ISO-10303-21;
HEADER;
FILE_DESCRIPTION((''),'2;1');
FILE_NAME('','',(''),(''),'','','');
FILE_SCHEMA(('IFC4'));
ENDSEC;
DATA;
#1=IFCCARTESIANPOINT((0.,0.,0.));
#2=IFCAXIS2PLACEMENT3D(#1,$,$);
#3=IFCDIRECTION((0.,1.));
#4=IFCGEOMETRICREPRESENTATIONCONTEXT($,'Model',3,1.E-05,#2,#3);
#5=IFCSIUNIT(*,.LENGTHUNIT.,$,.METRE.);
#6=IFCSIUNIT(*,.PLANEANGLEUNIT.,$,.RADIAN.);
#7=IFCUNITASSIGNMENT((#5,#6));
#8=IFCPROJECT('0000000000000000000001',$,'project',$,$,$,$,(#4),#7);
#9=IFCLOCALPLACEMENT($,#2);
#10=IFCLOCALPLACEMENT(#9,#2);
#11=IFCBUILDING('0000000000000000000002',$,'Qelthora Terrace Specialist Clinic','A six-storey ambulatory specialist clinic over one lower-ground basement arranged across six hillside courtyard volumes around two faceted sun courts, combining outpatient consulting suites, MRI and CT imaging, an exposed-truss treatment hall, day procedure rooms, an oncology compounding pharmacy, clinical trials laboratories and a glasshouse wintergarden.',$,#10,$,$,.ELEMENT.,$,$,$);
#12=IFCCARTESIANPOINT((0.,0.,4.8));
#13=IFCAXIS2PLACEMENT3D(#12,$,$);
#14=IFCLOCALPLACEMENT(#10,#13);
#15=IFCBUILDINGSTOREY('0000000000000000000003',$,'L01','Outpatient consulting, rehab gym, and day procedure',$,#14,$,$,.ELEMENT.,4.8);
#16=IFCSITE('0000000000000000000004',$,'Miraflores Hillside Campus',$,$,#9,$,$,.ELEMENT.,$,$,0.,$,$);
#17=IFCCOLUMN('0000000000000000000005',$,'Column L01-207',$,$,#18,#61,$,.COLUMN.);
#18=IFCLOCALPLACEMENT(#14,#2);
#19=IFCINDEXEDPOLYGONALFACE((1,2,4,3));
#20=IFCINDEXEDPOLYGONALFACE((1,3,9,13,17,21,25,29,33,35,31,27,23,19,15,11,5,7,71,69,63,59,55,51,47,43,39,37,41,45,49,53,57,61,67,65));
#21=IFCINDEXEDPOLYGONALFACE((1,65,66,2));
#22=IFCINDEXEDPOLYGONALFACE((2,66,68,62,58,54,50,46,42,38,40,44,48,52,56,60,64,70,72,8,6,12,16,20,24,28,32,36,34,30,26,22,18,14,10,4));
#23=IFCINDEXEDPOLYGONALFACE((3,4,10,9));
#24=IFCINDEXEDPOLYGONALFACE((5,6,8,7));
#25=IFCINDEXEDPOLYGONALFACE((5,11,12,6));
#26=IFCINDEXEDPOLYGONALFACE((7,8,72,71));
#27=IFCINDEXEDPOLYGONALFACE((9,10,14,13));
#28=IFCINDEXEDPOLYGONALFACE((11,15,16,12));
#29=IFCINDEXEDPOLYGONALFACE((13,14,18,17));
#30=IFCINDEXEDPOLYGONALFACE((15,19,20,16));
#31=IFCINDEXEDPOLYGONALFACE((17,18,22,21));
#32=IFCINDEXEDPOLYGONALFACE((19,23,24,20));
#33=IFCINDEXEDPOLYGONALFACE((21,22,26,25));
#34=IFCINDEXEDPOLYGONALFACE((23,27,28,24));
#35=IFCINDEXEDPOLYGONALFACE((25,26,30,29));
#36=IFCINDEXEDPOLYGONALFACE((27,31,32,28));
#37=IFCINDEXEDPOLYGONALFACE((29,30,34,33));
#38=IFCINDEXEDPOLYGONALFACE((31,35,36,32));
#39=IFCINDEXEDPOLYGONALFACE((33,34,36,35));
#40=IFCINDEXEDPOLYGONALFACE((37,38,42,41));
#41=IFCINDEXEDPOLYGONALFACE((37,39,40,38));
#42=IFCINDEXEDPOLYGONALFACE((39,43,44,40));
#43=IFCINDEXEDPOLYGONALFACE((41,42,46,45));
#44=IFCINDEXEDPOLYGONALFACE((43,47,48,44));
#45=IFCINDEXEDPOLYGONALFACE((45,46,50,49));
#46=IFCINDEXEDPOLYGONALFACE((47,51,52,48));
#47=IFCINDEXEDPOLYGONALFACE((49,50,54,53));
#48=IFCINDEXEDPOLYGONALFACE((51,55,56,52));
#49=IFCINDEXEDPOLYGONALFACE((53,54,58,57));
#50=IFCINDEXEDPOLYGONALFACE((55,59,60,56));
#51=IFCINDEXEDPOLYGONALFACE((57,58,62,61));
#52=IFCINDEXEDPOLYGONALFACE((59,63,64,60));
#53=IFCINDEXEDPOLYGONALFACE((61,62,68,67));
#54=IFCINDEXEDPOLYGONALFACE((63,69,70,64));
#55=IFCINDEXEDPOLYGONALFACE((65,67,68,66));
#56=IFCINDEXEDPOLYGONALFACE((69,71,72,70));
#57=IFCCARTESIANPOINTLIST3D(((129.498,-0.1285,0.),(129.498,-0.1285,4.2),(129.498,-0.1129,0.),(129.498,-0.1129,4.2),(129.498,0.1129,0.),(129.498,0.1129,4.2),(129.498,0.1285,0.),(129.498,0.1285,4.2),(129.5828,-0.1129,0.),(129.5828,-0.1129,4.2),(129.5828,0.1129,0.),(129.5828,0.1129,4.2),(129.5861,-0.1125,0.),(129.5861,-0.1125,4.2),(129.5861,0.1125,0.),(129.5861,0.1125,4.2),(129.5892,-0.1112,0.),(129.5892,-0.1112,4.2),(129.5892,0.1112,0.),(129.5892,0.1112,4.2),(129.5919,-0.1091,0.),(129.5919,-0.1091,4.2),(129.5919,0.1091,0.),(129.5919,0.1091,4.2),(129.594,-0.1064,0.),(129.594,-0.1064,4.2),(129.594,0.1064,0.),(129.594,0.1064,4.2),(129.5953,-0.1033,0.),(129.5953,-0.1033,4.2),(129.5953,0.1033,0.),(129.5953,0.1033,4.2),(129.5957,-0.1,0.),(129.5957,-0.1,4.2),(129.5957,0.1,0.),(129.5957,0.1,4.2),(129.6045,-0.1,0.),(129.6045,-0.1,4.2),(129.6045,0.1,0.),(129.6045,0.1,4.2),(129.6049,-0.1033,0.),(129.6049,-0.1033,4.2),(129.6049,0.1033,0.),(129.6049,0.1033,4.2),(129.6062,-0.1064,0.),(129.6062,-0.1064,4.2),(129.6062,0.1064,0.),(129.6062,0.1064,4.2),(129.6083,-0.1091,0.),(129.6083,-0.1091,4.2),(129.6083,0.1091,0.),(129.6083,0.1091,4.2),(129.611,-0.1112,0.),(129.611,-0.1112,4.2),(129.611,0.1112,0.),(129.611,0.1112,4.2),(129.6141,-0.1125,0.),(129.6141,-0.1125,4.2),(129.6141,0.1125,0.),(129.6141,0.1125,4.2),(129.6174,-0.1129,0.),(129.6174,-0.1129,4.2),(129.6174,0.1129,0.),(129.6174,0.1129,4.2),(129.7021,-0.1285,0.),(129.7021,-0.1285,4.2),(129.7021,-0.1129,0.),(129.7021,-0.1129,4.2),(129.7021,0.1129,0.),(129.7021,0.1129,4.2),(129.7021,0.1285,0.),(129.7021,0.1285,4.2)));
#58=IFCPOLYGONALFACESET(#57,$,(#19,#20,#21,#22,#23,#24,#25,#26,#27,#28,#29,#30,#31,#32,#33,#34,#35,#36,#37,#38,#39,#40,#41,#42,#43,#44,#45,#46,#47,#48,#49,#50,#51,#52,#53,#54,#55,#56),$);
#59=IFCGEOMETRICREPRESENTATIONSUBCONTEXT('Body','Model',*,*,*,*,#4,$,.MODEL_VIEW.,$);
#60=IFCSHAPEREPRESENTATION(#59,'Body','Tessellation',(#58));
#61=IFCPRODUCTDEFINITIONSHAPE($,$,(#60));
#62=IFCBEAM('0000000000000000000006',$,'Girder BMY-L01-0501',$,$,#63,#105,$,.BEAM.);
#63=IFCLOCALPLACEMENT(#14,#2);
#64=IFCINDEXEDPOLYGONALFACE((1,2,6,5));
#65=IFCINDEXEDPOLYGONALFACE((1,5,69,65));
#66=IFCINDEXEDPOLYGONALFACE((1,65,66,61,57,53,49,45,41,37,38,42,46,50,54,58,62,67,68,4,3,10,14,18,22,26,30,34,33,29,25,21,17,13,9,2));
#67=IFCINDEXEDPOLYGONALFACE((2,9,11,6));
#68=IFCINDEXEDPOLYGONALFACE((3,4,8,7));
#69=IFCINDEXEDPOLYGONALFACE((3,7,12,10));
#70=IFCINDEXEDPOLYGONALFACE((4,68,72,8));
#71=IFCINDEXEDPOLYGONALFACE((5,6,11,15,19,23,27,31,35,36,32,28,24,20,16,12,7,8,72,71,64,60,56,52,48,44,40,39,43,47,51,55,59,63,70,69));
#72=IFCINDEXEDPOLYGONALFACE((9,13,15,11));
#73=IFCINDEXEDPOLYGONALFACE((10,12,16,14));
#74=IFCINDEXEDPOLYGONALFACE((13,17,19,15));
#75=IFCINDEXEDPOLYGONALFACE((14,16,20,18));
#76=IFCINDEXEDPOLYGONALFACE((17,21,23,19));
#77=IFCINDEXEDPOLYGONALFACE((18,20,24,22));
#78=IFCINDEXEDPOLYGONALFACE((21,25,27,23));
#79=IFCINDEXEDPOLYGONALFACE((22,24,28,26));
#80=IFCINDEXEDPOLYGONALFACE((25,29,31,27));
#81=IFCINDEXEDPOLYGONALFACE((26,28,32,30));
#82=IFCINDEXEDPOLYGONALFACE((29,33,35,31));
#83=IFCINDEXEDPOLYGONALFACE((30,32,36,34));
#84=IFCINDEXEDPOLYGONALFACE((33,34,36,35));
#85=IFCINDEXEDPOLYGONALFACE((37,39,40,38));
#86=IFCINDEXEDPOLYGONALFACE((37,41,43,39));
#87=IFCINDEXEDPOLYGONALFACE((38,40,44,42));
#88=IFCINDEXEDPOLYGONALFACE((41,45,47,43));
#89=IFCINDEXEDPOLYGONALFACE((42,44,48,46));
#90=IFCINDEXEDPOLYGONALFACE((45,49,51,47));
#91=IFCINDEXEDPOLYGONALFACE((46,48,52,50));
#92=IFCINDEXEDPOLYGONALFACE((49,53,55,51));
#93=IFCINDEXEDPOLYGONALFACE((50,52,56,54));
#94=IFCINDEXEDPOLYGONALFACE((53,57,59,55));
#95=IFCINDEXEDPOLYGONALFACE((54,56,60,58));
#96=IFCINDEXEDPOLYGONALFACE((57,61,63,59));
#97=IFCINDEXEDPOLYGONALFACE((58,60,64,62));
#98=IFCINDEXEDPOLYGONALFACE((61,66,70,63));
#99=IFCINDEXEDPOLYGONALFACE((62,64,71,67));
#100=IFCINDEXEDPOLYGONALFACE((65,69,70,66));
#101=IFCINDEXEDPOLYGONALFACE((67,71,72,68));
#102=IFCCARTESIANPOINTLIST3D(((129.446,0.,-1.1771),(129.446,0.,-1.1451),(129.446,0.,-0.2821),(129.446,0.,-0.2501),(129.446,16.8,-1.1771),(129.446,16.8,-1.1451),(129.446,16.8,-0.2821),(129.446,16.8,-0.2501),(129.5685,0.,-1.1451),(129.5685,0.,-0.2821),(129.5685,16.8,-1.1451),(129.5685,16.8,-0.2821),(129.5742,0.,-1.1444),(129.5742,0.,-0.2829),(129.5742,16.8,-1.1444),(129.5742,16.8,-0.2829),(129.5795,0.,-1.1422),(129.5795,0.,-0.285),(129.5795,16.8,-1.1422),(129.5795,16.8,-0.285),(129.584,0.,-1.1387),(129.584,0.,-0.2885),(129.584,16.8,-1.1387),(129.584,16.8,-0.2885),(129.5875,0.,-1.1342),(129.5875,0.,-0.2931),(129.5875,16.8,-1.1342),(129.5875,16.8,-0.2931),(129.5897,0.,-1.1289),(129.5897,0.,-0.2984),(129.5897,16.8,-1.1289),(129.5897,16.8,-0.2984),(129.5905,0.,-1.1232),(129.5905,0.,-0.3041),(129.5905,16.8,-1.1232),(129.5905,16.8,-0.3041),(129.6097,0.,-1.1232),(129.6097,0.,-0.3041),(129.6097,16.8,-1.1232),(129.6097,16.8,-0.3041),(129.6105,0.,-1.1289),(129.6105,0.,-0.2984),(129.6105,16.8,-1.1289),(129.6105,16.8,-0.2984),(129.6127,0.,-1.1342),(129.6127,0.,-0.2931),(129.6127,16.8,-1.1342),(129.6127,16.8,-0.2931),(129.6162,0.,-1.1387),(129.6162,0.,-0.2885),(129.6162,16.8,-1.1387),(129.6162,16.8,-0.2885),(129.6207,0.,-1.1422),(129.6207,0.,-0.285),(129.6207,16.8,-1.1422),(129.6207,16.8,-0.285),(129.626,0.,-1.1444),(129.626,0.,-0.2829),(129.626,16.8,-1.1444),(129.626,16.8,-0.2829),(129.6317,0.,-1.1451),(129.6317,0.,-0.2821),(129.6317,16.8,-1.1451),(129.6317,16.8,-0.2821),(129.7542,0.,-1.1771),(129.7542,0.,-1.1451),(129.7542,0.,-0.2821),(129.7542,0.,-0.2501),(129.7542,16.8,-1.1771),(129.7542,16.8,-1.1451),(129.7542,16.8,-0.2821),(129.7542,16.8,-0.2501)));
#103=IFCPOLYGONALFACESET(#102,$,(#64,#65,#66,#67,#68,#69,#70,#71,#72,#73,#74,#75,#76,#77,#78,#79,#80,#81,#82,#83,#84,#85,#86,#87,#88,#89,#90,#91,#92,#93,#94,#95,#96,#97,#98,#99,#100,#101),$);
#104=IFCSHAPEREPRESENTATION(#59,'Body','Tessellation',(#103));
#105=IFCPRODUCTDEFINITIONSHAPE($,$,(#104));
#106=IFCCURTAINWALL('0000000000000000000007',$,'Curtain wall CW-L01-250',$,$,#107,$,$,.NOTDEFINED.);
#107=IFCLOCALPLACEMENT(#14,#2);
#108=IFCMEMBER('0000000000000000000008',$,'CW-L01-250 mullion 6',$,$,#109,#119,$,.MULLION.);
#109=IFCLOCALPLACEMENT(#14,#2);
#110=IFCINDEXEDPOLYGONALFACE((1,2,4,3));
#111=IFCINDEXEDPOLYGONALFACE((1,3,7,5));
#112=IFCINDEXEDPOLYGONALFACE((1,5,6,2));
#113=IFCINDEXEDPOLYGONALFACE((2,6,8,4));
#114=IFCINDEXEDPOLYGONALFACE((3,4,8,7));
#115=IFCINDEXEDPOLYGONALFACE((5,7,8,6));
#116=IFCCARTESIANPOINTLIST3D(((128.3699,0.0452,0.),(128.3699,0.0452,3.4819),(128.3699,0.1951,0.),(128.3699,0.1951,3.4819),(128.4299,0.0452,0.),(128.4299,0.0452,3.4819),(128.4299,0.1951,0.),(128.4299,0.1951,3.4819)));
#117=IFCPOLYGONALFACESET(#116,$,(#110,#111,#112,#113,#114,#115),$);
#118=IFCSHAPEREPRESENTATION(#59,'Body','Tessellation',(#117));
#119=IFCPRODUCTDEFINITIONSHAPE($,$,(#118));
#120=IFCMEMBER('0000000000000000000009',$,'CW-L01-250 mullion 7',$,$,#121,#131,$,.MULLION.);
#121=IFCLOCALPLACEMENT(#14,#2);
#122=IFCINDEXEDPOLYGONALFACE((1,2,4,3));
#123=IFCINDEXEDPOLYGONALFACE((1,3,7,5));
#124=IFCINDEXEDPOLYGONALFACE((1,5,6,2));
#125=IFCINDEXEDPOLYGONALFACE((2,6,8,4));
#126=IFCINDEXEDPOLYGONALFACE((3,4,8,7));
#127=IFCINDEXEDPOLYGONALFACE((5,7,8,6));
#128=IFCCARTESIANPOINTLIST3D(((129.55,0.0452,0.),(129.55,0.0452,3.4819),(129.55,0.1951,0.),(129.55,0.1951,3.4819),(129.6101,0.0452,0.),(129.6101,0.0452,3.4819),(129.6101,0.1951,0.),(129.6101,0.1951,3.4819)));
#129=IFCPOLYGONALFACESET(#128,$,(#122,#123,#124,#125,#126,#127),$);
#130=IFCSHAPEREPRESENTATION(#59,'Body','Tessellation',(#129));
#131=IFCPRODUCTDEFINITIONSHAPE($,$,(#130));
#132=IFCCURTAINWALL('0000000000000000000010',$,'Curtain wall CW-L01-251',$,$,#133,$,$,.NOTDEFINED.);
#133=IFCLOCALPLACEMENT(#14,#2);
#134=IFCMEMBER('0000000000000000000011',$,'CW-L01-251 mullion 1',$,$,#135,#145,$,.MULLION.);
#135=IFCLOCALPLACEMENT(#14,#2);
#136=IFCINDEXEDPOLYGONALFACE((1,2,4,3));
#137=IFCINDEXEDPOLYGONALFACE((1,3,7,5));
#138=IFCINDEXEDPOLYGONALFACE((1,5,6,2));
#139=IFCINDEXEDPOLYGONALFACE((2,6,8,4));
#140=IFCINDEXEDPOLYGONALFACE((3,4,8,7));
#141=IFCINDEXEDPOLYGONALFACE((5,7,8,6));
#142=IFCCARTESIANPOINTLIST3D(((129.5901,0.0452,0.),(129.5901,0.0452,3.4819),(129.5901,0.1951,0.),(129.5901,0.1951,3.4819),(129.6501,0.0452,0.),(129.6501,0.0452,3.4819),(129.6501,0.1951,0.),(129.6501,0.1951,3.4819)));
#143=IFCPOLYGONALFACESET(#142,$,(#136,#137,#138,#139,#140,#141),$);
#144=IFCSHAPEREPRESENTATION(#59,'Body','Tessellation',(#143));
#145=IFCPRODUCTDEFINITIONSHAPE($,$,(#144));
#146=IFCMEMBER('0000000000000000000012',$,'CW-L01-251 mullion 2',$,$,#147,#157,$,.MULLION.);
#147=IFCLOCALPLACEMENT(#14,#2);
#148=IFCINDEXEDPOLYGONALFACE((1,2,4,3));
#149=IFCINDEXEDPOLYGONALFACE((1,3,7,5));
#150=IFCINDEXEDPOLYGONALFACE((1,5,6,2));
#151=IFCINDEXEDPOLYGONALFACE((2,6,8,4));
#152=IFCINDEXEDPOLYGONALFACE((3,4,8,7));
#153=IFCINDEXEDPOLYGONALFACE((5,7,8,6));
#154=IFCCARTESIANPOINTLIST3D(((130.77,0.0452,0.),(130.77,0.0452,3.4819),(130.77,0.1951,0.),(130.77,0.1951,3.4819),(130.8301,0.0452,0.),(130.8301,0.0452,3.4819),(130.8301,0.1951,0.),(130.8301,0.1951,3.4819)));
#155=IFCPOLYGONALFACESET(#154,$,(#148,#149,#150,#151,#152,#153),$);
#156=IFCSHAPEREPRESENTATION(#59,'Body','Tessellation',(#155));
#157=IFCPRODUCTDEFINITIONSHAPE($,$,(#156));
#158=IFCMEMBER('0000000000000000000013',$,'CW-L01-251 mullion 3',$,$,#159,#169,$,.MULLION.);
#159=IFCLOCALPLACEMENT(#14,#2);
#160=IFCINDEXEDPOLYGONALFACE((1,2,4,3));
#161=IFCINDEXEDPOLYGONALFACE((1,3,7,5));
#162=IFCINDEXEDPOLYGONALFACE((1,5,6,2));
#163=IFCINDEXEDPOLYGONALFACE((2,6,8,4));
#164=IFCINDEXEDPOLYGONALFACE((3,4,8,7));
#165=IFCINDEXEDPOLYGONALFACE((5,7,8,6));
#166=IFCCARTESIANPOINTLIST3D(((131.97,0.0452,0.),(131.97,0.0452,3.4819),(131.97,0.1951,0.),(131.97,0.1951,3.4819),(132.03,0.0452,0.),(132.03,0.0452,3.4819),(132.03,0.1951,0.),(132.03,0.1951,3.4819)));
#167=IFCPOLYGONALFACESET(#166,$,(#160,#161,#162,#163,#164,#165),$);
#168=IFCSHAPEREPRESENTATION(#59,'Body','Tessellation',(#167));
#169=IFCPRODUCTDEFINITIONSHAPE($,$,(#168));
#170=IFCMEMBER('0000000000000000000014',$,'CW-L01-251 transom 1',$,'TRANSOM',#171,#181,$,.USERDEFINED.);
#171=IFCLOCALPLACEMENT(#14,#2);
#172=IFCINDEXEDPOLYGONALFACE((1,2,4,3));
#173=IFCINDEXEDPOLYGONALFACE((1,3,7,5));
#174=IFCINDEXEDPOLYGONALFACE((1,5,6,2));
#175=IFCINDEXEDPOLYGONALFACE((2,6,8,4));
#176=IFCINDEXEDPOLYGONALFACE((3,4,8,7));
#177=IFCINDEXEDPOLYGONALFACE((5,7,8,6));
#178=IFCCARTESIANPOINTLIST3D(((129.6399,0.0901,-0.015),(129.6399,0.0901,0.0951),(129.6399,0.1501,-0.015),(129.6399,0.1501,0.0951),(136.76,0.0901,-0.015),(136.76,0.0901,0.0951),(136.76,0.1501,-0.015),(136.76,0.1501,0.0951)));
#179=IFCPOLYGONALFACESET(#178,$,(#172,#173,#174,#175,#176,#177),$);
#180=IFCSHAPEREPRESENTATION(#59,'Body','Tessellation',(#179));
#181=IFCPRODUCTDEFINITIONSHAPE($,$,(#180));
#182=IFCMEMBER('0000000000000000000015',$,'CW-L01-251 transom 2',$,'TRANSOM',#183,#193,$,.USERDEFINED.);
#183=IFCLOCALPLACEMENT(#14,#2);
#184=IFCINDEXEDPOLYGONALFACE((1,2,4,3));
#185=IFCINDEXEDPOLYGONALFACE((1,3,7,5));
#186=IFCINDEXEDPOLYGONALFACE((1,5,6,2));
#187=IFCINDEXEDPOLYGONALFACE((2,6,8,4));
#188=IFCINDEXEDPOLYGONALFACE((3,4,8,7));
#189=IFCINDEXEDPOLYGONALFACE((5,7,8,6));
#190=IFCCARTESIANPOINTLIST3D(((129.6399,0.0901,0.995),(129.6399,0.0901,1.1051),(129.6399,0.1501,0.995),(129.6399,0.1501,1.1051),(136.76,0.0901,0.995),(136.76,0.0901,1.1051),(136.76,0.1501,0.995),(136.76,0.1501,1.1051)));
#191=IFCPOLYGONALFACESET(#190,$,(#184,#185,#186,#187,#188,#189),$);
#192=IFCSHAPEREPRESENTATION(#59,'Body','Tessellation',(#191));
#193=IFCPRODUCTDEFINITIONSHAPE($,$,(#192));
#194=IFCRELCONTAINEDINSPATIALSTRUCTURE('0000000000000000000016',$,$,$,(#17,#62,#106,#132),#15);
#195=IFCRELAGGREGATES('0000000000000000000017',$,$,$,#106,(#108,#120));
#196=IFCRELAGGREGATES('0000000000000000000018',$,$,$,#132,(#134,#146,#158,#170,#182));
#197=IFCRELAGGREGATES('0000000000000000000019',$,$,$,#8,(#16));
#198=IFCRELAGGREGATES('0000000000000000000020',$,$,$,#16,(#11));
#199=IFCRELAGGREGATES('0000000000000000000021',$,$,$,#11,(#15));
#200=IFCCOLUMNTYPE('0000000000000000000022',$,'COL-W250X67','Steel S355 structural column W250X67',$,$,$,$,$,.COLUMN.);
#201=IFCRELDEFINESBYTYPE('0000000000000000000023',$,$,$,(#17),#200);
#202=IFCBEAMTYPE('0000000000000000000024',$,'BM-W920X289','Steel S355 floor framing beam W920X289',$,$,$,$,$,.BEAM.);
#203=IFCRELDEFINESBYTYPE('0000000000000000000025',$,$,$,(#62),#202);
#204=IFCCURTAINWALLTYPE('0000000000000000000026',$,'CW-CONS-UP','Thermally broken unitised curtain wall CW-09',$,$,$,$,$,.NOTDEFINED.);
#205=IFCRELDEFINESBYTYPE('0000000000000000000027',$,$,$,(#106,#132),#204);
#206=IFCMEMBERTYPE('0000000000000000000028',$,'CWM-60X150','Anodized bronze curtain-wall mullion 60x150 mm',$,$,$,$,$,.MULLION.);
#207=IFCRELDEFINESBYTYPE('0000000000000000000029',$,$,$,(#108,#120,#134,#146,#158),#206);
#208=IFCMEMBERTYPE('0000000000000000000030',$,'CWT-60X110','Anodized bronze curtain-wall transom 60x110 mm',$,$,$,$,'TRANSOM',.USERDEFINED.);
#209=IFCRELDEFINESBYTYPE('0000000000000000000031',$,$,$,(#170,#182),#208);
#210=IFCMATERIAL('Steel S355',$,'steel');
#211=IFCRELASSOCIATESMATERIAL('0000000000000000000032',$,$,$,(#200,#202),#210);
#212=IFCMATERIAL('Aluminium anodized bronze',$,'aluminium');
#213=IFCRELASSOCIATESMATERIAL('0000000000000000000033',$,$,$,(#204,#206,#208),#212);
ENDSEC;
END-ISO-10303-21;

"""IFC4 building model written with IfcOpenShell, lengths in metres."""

from ifc_helpers import new_model, si_unit, direction, frame, origin, origin_2d, place, context, subcontext, project, spatial, rectangle, i_section, extrude, material, material_profile, profile_set, type_object, element, aggregate, save


model = new_model("IFC4")

# Units and contexts
model_context = context("Model", 3, precision=1e-05, world=origin(), true_north=direction((0.0, 1.0)))
body_context = subcontext(model_context, "Body", "Model", "MODEL_VIEW")
ifc_project = project(units=[si_unit("LENGTHUNIT", "METRE"), si_unit("PLANEANGLEUNIT", "RADIAN")], contexts=[model_context])

# Site, building, storey
site_placement = place(None, origin())
site = spatial("IfcSite", under=ifc_project, at=site_placement, Name="Miraflores Hillside Campus", CompositionType="ELEMENT", RefElevation=0.0)
building_placement = place(site_placement, origin())
building = spatial("IfcBuilding", under=site, at=building_placement, Name="Qelthora Terrace Specialist Clinic", Description="A six-storey ambulatory specialist clinic over one lower-ground basement arranged across six hillside courtyard volumes around two faceted sun courts, combining outpatient consulting suites, MRI and CT imaging, an exposed-truss treatment hall, day procedure rooms, an oncology compounding pharmacy, clinical trials laboratories and a glasshouse wintergarden.", CompositionType="ELEMENT")
storey_placement = place(building_placement, frame((0.0, 0.0, 4.8)))
storey = spatial("IfcBuildingStorey", under=building, at=storey_placement, Name="L01", Description="Outpatient consulting, rehab gym, and day procedure", CompositionType="ELEMENT", Elevation=4.8)

# Column
ifc_material_1 = material(Name="Steel S355", Category="steel")
ifc_material_profile_1 = material_profile(ifc_material_1, i_section(OverallWidth=0.2041, OverallDepth=0.2571, WebThickness=0.0088, FlangeThickness=0.0156, FilletRadius=0.0129, at=origin_2d()), Name="W250X67")
ifc_profile_set_1 = profile_set([ifc_material_profile_1], Name="Steel S355")
column_type = type_object("IfcColumnType", Name="COL-W250X67", Description="Steel S355 structural column W250X67", PredefinedType="COLUMN", material=ifc_profile_set_1)
column_placement = place(storey_placement, frame((129.6001, 0.0, 0.0), z_axis=(0.0, 0.0, 1.0), x_axis=(1.0, 0.0, 0.0)))
element("IfcColumn", 1, at=column_placement, inside=storey, type_object=column_type, Name="Column L01-207", PredefinedType="COLUMN", context=body_context, shape_type="SweptSolid", body=[
    extrude(i_section(OverallWidth=0.2041, OverallDepth=0.2571, WebThickness=0.0088, FlangeThickness=0.0156, FilletRadius=0.0129, at=origin_2d()), origin(), (0.0, 0.0, 1.0), 4.2),
])

# Beam
ifc_material_profile_2 = material_profile(ifc_material_1, i_section(OverallWidth=0.3081, OverallDepth=0.927, WebThickness=0.0193, FlangeThickness=0.032, FilletRadius=0.022, at=origin_2d()), Name="W920X289")
ifc_profile_set_2 = profile_set([ifc_material_profile_2], Name="Steel S355")
beam_type_1 = type_object("IfcBeamType", Name="BM-W920X289", Description="Steel S355 floor framing beam W920X289", PredefinedType="BEAM", material=ifc_profile_set_2)
beam_1_placement = place(storey_placement, frame((129.6001, 0.0, -0.7136), z_axis=(0.0, 1.0, 0.0), x_axis=(-1.0, 0.0, 0.0)))
element("IfcBeam", 2, at=beam_1_placement, inside=storey, type_object=beam_type_1, Name="Girder BMY-L01-0501", PredefinedType="BEAM", context=body_context, shape_type="SweptSolid", body=[
    extrude(i_section(OverallWidth=0.3081, OverallDepth=0.927, WebThickness=0.0193, FlangeThickness=0.032, FilletRadius=0.022, at=origin_2d()), origin(), (0.0, 0.0, 1.0), 16.8),
])

# Curtain walls, members
ifc_material_2 = material(Name="Aluminium anodized bronze", Category="aluminium")
curtain_wall_type = type_object("IfcCurtainWallType", Name="CW-CONS-UP", Description="Thermally broken unitised curtain wall CW-09", PredefinedType="NOTDEFINED", material=ifc_material_2)
curtain_wall_1_placement = place(storey_placement, origin())
curtain_wall_1 = element("IfcCurtainWall", 3, at=curtain_wall_1_placement, inside=storey, type_object=curtain_wall_type, Name="Curtain wall CW-L01-250", PredefinedType="NOTDEFINED")
ifc_material_profile_3 = material_profile(ifc_material_2, rectangle(XDim=0.0601, YDim=0.1499, at=origin_2d()), Name="CWM60X150")
ifc_profile_set_3 = profile_set([ifc_material_profile_3], Name="Aluminium anodized bronze")
member_type_1 = type_object("IfcMemberType", Name="CWM-60X150", Description="Anodized bronze curtain-wall mullion 60x150 mm", PredefinedType="MULLION", material=ifc_profile_set_3)
member_1_placement = place(storey_placement, frame((128.3999, 0.1201, 0.0), z_axis=(0.0, 0.0, 1.0), x_axis=(1.0, 0.0, 0.0)))
member_1 = element("IfcMember", 4, at=member_1_placement, type_object=member_type_1, Name="CW-L01-250 mullion 6", PredefinedType="MULLION", context=body_context, shape_type="SweptSolid", body=[
    extrude(rectangle(XDim=0.0601, YDim=0.1499, at=origin_2d()), origin(), (0.0, 0.0, 1.0), 3.4819),
])
member_2_placement = place(storey_placement, frame((129.5801, 0.1201, 0.0), z_axis=(0.0, 0.0, 1.0), x_axis=(1.0, 0.0, 0.0)))
member_2 = element("IfcMember", 5, at=member_2_placement, type_object=member_type_1, Name="CW-L01-250 mullion 7", PredefinedType="MULLION", context=body_context, shape_type="SweptSolid", body=[
    extrude(rectangle(XDim=0.0601, YDim=0.1499, at=origin_2d()), origin(), (0.0, 0.0, 1.0), 3.4819),
])
curtain_wall_2_placement = place(storey_placement, origin())
curtain_wall_2 = element("IfcCurtainWall", 6, at=curtain_wall_2_placement, inside=storey, type_object=curtain_wall_type, Name="Curtain wall CW-L01-251", PredefinedType="NOTDEFINED")
member_3_placement = place(storey_placement, frame((129.6201, 0.1201, 0.0), z_axis=(0.0, 0.0, 1.0), x_axis=(1.0, 0.0, 0.0)))
member_3 = element("IfcMember", 7, at=member_3_placement, type_object=member_type_1, Name="CW-L01-251 mullion 1", PredefinedType="MULLION", context=body_context, shape_type="SweptSolid", body=[
    extrude(rectangle(XDim=0.0601, YDim=0.1499, at=origin_2d()), origin(), (0.0, 0.0, 1.0), 3.4819),
])
member_4_placement = place(storey_placement, frame((130.8, 0.1201, 0.0), z_axis=(0.0, 0.0, 1.0), x_axis=(1.0, 0.0, 0.0)))
member_4 = element("IfcMember", 8, at=member_4_placement, type_object=member_type_1, Name="CW-L01-251 mullion 2", PredefinedType="MULLION", context=body_context, shape_type="SweptSolid", body=[
    extrude(rectangle(XDim=0.0601, YDim=0.1499, at=origin_2d()), origin(), (0.0, 0.0, 1.0), 3.4819),
])
member_5_placement = place(storey_placement, frame((132.0, 0.1201, 0.0), z_axis=(0.0, 0.0, 1.0), x_axis=(1.0, 0.0, 0.0)))
member_5 = element("IfcMember", 9, at=member_5_placement, type_object=member_type_1, Name="CW-L01-251 mullion 3", PredefinedType="MULLION", context=body_context, shape_type="SweptSolid", body=[
    extrude(rectangle(XDim=0.0601, YDim=0.1499, at=origin_2d()), origin(), (0.0, 0.0, 1.0), 3.4819),
])
ifc_material_profile_4 = material_profile(ifc_material_2, rectangle(XDim=0.0601, YDim=0.1101, at=origin_2d()), Name="CWT60X110")
ifc_profile_set_4 = profile_set([ifc_material_profile_4], Name="Aluminium anodized bronze")
member_type_2 = type_object("IfcMemberType", Name="CWT-60X110", Description="Anodized bronze curtain-wall transom 60x110 mm", ElementType="TRANSOM", PredefinedType="USERDEFINED", material=ifc_profile_set_4)
member_6_placement = place(storey_placement, frame((129.6399, 0.1201, 0.04), z_axis=(1.0, 0.0, 0.0), x_axis=(0.0, 1.0, 0.0)))
member_6 = element("IfcMember", 10, at=member_6_placement, type_object=member_type_2, Name="CW-L01-251 transom 1", ObjectType="TRANSOM", PredefinedType="USERDEFINED", context=body_context, shape_type="SweptSolid", body=[
    extrude(rectangle(XDim=0.0601, YDim=0.1101, at=origin_2d()), origin(), (0.0, 0.0, 1.0), 7.1201),
])
member_7_placement = place(storey_placement, frame((129.6399, 0.1201, 1.05), z_axis=(1.0, 0.0, 0.0), x_axis=(0.0, 1.0, 0.0)))
member_7 = element("IfcMember", 11, at=member_7_placement, type_object=member_type_2, Name="CW-L01-251 transom 2", ObjectType="TRANSOM", PredefinedType="USERDEFINED", context=body_context, shape_type="SweptSolid", body=[
    extrude(rectangle(XDim=0.0601, YDim=0.1101, at=origin_2d()), origin(), (0.0, 0.0, 1.0), 7.1201),
])

aggregate(curtain_wall_1, [member_1, member_2])
aggregate(curtain_wall_2, [member_3, member_4, member_5, member_6, member_7])

save(model, "model.ifc")
